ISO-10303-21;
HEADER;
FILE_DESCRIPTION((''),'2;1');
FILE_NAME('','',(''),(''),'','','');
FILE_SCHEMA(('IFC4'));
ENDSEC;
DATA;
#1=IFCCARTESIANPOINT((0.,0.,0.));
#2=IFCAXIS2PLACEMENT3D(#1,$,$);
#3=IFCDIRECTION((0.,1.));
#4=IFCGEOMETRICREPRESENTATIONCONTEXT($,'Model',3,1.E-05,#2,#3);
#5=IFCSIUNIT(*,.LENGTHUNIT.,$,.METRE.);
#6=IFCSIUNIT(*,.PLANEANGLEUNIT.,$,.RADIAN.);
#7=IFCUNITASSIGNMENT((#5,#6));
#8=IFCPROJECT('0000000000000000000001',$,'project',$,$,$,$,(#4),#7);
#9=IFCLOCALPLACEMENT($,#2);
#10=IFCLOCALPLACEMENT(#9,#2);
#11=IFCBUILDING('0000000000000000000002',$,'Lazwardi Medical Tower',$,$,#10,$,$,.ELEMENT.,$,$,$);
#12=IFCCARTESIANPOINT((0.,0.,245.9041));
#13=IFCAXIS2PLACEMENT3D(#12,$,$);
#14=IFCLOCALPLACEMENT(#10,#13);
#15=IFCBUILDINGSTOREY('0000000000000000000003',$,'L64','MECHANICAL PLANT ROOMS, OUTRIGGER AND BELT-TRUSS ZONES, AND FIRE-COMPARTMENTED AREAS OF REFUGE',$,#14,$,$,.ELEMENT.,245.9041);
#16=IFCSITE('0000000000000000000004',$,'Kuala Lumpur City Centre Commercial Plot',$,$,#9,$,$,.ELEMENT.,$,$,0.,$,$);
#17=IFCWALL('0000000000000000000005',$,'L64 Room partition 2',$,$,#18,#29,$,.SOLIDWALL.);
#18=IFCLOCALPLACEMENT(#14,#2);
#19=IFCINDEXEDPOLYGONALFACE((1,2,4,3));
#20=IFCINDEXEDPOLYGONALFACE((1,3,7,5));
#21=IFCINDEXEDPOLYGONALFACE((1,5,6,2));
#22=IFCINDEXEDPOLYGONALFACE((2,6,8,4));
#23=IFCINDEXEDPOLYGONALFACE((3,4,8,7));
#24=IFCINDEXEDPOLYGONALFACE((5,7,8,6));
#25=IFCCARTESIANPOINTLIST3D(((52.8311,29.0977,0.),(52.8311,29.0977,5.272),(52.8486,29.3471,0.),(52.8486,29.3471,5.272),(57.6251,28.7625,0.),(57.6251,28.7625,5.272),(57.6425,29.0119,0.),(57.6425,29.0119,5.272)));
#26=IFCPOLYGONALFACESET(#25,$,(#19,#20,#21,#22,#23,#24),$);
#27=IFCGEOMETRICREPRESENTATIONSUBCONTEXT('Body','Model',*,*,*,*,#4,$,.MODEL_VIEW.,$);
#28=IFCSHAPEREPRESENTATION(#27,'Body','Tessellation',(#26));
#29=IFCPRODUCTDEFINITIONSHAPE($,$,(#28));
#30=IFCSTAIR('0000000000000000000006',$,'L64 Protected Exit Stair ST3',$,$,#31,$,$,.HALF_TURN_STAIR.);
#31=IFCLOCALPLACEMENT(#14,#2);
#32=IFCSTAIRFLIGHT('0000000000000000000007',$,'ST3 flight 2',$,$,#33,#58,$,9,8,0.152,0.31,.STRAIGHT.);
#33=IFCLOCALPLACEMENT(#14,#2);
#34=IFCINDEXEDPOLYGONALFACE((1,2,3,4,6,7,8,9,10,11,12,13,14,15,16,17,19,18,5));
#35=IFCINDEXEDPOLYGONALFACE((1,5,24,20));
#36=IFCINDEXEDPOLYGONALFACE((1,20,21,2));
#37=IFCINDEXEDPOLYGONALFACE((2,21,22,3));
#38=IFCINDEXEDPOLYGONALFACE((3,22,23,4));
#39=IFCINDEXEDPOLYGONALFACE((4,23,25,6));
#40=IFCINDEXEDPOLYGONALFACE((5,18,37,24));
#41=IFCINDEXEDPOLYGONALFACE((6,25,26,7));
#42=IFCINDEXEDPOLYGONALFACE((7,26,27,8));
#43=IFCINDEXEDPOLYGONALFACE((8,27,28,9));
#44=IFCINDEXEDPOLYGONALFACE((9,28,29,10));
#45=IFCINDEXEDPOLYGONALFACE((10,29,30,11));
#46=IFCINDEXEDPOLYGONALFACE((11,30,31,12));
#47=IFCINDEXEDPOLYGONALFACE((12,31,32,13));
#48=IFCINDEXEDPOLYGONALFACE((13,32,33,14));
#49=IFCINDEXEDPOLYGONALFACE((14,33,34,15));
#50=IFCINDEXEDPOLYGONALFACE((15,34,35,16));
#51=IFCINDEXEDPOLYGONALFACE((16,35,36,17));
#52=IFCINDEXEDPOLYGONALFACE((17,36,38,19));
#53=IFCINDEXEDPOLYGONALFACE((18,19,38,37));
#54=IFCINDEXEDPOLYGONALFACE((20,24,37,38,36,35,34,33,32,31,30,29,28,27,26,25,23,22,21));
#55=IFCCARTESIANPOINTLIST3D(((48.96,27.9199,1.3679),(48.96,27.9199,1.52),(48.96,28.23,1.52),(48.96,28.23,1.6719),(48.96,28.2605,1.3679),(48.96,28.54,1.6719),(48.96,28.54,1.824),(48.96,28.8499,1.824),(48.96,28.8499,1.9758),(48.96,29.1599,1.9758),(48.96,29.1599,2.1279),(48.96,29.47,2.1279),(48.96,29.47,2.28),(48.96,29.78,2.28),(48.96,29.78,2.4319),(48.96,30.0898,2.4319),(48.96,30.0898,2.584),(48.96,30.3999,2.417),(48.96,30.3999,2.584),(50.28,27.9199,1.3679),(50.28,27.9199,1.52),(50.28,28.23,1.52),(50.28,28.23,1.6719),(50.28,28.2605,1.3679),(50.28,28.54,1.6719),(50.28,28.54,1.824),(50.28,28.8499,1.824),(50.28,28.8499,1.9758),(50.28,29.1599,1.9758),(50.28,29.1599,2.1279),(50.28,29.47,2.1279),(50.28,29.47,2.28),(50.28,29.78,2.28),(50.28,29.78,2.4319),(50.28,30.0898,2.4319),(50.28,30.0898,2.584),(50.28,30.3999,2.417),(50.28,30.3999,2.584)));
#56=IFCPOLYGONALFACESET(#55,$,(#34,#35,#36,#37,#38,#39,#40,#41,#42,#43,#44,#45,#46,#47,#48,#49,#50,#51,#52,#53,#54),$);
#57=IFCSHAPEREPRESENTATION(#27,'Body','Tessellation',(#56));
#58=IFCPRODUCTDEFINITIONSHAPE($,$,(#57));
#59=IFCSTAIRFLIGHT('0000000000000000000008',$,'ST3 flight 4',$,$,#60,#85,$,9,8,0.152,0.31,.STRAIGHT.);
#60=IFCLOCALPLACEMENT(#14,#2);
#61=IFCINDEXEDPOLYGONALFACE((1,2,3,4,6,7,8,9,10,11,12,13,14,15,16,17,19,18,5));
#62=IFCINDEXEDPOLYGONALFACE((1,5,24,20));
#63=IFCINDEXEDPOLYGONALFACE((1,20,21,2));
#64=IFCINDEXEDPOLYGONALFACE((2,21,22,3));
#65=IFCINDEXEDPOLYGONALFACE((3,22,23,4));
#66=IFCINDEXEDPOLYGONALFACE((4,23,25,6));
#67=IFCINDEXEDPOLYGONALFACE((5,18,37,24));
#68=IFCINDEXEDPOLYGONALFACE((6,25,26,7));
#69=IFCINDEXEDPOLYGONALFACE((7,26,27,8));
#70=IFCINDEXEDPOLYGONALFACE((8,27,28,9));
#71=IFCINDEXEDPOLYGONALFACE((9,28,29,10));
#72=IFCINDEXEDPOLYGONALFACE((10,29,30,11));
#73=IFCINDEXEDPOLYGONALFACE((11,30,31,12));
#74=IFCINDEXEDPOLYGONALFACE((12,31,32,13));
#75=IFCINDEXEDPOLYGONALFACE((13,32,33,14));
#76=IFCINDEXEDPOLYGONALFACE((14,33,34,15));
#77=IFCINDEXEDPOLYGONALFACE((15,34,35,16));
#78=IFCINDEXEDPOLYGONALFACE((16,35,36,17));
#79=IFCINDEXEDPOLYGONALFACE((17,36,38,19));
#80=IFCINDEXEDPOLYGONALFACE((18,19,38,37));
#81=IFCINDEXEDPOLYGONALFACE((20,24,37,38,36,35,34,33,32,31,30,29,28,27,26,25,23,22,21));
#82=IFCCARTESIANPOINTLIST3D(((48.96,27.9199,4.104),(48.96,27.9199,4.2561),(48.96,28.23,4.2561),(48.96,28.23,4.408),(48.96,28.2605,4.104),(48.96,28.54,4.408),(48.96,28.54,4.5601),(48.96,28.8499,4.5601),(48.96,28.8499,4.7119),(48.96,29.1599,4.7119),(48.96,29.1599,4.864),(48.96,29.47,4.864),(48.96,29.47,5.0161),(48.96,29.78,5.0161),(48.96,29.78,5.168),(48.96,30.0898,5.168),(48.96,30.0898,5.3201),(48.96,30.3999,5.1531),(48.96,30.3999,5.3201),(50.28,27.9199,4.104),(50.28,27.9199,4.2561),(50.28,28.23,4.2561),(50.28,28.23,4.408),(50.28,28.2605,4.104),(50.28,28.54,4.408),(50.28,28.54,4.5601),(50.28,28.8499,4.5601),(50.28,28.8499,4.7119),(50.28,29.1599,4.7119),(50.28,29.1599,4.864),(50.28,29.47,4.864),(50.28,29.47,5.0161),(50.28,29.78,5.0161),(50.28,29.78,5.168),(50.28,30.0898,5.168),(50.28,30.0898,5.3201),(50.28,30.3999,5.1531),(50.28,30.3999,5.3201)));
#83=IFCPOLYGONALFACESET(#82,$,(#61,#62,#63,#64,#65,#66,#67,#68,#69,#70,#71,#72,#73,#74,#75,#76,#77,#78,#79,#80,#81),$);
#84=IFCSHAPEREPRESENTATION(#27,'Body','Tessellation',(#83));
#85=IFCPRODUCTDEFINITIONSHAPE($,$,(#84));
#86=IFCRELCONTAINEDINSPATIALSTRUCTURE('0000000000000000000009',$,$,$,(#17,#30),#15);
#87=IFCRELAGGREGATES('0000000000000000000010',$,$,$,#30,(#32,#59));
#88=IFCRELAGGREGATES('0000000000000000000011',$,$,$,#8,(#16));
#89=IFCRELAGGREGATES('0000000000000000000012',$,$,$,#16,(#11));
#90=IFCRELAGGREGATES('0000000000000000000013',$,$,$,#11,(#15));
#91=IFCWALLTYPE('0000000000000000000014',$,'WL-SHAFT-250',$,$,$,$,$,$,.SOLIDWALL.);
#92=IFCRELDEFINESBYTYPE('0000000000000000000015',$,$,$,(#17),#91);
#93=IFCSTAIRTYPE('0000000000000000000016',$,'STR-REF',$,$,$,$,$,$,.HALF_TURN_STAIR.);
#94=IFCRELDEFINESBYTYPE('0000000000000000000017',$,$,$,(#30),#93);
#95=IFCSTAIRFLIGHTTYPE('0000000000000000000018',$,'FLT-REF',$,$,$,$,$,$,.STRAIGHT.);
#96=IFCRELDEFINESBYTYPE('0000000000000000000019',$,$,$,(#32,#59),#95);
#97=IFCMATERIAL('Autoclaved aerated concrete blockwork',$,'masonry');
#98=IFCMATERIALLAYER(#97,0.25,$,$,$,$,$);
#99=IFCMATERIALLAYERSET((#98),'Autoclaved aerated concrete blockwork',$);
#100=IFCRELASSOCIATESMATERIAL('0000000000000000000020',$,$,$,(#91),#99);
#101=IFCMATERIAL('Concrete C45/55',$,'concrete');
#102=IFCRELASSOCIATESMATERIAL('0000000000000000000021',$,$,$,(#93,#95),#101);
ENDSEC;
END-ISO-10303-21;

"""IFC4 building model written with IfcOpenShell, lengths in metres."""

from ifc_helpers import new_model, si_unit, direction, frame, frame_2d, origin, place, context, subcontext, project, spatial, polyline, rectangle, outline, extrude, material, layer, layer_set, type_object, element, aggregate, save


model = new_model("IFC4")

# Units and contexts
model_context = context("Model", 3, precision=1e-05, world=origin(), true_north=direction((0.0, 1.0)))
body_context = subcontext(model_context, "Body", "Model", "MODEL_VIEW")
ifc_project = project(units=[si_unit("LENGTHUNIT", "METRE"), si_unit("PLANEANGLEUNIT", "RADIAN")], contexts=[model_context])

# Site, building, storey
site_placement = place(None, origin())
site = spatial("IfcSite", under=ifc_project, at=site_placement, Name="Kuala Lumpur City Centre Commercial Plot", CompositionType="ELEMENT", RefElevation=0.0)
building_placement = place(site_placement, origin())
building = spatial("IfcBuilding", under=site, at=building_placement, Name="Lazwardi Medical Tower", CompositionType="ELEMENT")
storey_placement = place(building_placement, frame((0.0, 0.0, 245.9041)))
storey = spatial("IfcBuildingStorey", under=building, at=storey_placement, Name="L64", Description="MECHANICAL PLANT ROOMS, OUTRIGGER AND BELT-TRUSS ZONES, AND FIRE-COMPARTMENTED AREAS OF REFUGE", CompositionType="ELEMENT", Elevation=245.9041)

# Wall
ifc_material_1 = material(Name="Autoclaved aerated concrete blockwork", Category="masonry")
ifc_layer_1 = layer(ifc_material_1, 0.25)
ifc_layer_set_1 = layer_set([ifc_layer_1], Name="Autoclaved aerated concrete blockwork")
wall_type_1 = type_object("IfcWallType", Name="WL-SHAFT-250", PredefinedType="SOLIDWALL", material=ifc_layer_set_1)
wall_1_placement = place(storey_placement, frame((52.8398, 29.2224, 0.0), z_axis=(0.0, 0.0, 1.0), x_axis=(0.997564, -0.069752, 0.0)))
element("IfcWall", 1, at=wall_1_placement, inside=storey, type_object=wall_type_1, Name="L64 Room partition 2", PredefinedType="SOLIDWALL", context=body_context, shape_type="SweptSolid", body=[
    extrude(rectangle(XDim=4.8057, YDim=0.25, at=frame_2d((2.4028, 0.0))), origin(), (0.0, 0.0, 1.0), 5.272),
])

# Stair, stair flights
ifc_material_2 = material(Name="Concrete C45/55", Category="concrete")
stair_type = type_object("IfcStairType", Name="STR-REF", PredefinedType="HALF_TURN_STAIR", material=ifc_material_2)
stair_placement = place(storey_placement, origin())
stair = element("IfcStair", 2, at=stair_placement, inside=storey, type_object=stair_type, Name="L64 Protected Exit Stair ST3", PredefinedType="HALF_TURN_STAIR")
stair_flight_type = type_object("IfcStairFlightType", Name="FLT-REF", PredefinedType="STRAIGHT", material=ifc_material_2)
stair_flight_1_placement = place(storey_placement, frame((49.6201, 27.9199, 1.3679), z_axis=(0.0, 0.0, 1.0), x_axis=(0.0, 1.0, 0.0)))
stair_flight_1 = element("IfcStairFlight", 3, at=stair_flight_1_placement, type_object=stair_flight_type, Name="ST3 flight 2", NumberOfRisers=9, NumberOfTreads=8, PredefinedType="STRAIGHT", RiserHeight=0.152, TreadLength=0.31, context=body_context, shape_type="SweptSolid", body=[
    extrude(outline(polyline([(0.0, 0.0), (0.0, 0.1521), (0.3101, 0.1521), (0.3101, 0.304), (0.6201, 0.304), (0.6201, 0.4561), (0.9299, 0.4561), (0.9299, 0.6079), (1.24, 0.6079), (1.24, 0.76), (1.55, 0.76), (1.55, 0.9121), (1.8601, 0.9121), (1.8601, 1.064), (2.1699, 1.064), (2.1699, 1.2161), (2.48, 1.2161), (2.48, 1.3679), (2.48, 1.0491), (0.3406, 0.0), (0.0, 0.0)])), frame((0.0, 0.6602, 0.0), z_axis=(0.0, -1.0, 0.0), x_axis=(1.0, 0.0, 0.0)), (0.0, 0.0, 1.0), 1.3201),
])
stair_flight_2_placement = place(storey_placement, frame((49.6201, 27.9199, 4.104), z_axis=(0.0, 0.0, 1.0), x_axis=(0.0, 1.0, 0.0)))
stair_flight_2 = element("IfcStairFlight", 4, at=stair_flight_2_placement, type_object=stair_flight_type, Name="ST3 flight 4", NumberOfRisers=9, NumberOfTreads=8, PredefinedType="STRAIGHT", RiserHeight=0.152, TreadLength=0.31, context=body_context, shape_type="SweptSolid", body=[
    extrude(outline(polyline([(0.0, 0.0), (0.0, 0.1521), (0.3101, 0.1521), (0.3101, 0.304), (0.6201, 0.304), (0.6201, 0.4561), (0.9299, 0.4561), (0.9299, 0.6079), (1.24, 0.6079), (1.24, 0.76), (1.55, 0.76), (1.55, 0.9121), (1.8601, 0.9121), (1.8601, 1.064), (2.1699, 1.064), (2.1699, 1.2161), (2.48, 1.2161), (2.48, 1.3679), (2.48, 1.0491), (0.3406, 0.0), (0.0, 0.0)])), frame((0.0, 0.6602, 0.0), z_axis=(0.0, -1.0, 0.0), x_axis=(1.0, 0.0, 0.0)), (0.0, 0.0, 1.0), 1.3201),
])
aggregate(stair, [stair_flight_1, stair_flight_2])

save(model, "model.ifc")
